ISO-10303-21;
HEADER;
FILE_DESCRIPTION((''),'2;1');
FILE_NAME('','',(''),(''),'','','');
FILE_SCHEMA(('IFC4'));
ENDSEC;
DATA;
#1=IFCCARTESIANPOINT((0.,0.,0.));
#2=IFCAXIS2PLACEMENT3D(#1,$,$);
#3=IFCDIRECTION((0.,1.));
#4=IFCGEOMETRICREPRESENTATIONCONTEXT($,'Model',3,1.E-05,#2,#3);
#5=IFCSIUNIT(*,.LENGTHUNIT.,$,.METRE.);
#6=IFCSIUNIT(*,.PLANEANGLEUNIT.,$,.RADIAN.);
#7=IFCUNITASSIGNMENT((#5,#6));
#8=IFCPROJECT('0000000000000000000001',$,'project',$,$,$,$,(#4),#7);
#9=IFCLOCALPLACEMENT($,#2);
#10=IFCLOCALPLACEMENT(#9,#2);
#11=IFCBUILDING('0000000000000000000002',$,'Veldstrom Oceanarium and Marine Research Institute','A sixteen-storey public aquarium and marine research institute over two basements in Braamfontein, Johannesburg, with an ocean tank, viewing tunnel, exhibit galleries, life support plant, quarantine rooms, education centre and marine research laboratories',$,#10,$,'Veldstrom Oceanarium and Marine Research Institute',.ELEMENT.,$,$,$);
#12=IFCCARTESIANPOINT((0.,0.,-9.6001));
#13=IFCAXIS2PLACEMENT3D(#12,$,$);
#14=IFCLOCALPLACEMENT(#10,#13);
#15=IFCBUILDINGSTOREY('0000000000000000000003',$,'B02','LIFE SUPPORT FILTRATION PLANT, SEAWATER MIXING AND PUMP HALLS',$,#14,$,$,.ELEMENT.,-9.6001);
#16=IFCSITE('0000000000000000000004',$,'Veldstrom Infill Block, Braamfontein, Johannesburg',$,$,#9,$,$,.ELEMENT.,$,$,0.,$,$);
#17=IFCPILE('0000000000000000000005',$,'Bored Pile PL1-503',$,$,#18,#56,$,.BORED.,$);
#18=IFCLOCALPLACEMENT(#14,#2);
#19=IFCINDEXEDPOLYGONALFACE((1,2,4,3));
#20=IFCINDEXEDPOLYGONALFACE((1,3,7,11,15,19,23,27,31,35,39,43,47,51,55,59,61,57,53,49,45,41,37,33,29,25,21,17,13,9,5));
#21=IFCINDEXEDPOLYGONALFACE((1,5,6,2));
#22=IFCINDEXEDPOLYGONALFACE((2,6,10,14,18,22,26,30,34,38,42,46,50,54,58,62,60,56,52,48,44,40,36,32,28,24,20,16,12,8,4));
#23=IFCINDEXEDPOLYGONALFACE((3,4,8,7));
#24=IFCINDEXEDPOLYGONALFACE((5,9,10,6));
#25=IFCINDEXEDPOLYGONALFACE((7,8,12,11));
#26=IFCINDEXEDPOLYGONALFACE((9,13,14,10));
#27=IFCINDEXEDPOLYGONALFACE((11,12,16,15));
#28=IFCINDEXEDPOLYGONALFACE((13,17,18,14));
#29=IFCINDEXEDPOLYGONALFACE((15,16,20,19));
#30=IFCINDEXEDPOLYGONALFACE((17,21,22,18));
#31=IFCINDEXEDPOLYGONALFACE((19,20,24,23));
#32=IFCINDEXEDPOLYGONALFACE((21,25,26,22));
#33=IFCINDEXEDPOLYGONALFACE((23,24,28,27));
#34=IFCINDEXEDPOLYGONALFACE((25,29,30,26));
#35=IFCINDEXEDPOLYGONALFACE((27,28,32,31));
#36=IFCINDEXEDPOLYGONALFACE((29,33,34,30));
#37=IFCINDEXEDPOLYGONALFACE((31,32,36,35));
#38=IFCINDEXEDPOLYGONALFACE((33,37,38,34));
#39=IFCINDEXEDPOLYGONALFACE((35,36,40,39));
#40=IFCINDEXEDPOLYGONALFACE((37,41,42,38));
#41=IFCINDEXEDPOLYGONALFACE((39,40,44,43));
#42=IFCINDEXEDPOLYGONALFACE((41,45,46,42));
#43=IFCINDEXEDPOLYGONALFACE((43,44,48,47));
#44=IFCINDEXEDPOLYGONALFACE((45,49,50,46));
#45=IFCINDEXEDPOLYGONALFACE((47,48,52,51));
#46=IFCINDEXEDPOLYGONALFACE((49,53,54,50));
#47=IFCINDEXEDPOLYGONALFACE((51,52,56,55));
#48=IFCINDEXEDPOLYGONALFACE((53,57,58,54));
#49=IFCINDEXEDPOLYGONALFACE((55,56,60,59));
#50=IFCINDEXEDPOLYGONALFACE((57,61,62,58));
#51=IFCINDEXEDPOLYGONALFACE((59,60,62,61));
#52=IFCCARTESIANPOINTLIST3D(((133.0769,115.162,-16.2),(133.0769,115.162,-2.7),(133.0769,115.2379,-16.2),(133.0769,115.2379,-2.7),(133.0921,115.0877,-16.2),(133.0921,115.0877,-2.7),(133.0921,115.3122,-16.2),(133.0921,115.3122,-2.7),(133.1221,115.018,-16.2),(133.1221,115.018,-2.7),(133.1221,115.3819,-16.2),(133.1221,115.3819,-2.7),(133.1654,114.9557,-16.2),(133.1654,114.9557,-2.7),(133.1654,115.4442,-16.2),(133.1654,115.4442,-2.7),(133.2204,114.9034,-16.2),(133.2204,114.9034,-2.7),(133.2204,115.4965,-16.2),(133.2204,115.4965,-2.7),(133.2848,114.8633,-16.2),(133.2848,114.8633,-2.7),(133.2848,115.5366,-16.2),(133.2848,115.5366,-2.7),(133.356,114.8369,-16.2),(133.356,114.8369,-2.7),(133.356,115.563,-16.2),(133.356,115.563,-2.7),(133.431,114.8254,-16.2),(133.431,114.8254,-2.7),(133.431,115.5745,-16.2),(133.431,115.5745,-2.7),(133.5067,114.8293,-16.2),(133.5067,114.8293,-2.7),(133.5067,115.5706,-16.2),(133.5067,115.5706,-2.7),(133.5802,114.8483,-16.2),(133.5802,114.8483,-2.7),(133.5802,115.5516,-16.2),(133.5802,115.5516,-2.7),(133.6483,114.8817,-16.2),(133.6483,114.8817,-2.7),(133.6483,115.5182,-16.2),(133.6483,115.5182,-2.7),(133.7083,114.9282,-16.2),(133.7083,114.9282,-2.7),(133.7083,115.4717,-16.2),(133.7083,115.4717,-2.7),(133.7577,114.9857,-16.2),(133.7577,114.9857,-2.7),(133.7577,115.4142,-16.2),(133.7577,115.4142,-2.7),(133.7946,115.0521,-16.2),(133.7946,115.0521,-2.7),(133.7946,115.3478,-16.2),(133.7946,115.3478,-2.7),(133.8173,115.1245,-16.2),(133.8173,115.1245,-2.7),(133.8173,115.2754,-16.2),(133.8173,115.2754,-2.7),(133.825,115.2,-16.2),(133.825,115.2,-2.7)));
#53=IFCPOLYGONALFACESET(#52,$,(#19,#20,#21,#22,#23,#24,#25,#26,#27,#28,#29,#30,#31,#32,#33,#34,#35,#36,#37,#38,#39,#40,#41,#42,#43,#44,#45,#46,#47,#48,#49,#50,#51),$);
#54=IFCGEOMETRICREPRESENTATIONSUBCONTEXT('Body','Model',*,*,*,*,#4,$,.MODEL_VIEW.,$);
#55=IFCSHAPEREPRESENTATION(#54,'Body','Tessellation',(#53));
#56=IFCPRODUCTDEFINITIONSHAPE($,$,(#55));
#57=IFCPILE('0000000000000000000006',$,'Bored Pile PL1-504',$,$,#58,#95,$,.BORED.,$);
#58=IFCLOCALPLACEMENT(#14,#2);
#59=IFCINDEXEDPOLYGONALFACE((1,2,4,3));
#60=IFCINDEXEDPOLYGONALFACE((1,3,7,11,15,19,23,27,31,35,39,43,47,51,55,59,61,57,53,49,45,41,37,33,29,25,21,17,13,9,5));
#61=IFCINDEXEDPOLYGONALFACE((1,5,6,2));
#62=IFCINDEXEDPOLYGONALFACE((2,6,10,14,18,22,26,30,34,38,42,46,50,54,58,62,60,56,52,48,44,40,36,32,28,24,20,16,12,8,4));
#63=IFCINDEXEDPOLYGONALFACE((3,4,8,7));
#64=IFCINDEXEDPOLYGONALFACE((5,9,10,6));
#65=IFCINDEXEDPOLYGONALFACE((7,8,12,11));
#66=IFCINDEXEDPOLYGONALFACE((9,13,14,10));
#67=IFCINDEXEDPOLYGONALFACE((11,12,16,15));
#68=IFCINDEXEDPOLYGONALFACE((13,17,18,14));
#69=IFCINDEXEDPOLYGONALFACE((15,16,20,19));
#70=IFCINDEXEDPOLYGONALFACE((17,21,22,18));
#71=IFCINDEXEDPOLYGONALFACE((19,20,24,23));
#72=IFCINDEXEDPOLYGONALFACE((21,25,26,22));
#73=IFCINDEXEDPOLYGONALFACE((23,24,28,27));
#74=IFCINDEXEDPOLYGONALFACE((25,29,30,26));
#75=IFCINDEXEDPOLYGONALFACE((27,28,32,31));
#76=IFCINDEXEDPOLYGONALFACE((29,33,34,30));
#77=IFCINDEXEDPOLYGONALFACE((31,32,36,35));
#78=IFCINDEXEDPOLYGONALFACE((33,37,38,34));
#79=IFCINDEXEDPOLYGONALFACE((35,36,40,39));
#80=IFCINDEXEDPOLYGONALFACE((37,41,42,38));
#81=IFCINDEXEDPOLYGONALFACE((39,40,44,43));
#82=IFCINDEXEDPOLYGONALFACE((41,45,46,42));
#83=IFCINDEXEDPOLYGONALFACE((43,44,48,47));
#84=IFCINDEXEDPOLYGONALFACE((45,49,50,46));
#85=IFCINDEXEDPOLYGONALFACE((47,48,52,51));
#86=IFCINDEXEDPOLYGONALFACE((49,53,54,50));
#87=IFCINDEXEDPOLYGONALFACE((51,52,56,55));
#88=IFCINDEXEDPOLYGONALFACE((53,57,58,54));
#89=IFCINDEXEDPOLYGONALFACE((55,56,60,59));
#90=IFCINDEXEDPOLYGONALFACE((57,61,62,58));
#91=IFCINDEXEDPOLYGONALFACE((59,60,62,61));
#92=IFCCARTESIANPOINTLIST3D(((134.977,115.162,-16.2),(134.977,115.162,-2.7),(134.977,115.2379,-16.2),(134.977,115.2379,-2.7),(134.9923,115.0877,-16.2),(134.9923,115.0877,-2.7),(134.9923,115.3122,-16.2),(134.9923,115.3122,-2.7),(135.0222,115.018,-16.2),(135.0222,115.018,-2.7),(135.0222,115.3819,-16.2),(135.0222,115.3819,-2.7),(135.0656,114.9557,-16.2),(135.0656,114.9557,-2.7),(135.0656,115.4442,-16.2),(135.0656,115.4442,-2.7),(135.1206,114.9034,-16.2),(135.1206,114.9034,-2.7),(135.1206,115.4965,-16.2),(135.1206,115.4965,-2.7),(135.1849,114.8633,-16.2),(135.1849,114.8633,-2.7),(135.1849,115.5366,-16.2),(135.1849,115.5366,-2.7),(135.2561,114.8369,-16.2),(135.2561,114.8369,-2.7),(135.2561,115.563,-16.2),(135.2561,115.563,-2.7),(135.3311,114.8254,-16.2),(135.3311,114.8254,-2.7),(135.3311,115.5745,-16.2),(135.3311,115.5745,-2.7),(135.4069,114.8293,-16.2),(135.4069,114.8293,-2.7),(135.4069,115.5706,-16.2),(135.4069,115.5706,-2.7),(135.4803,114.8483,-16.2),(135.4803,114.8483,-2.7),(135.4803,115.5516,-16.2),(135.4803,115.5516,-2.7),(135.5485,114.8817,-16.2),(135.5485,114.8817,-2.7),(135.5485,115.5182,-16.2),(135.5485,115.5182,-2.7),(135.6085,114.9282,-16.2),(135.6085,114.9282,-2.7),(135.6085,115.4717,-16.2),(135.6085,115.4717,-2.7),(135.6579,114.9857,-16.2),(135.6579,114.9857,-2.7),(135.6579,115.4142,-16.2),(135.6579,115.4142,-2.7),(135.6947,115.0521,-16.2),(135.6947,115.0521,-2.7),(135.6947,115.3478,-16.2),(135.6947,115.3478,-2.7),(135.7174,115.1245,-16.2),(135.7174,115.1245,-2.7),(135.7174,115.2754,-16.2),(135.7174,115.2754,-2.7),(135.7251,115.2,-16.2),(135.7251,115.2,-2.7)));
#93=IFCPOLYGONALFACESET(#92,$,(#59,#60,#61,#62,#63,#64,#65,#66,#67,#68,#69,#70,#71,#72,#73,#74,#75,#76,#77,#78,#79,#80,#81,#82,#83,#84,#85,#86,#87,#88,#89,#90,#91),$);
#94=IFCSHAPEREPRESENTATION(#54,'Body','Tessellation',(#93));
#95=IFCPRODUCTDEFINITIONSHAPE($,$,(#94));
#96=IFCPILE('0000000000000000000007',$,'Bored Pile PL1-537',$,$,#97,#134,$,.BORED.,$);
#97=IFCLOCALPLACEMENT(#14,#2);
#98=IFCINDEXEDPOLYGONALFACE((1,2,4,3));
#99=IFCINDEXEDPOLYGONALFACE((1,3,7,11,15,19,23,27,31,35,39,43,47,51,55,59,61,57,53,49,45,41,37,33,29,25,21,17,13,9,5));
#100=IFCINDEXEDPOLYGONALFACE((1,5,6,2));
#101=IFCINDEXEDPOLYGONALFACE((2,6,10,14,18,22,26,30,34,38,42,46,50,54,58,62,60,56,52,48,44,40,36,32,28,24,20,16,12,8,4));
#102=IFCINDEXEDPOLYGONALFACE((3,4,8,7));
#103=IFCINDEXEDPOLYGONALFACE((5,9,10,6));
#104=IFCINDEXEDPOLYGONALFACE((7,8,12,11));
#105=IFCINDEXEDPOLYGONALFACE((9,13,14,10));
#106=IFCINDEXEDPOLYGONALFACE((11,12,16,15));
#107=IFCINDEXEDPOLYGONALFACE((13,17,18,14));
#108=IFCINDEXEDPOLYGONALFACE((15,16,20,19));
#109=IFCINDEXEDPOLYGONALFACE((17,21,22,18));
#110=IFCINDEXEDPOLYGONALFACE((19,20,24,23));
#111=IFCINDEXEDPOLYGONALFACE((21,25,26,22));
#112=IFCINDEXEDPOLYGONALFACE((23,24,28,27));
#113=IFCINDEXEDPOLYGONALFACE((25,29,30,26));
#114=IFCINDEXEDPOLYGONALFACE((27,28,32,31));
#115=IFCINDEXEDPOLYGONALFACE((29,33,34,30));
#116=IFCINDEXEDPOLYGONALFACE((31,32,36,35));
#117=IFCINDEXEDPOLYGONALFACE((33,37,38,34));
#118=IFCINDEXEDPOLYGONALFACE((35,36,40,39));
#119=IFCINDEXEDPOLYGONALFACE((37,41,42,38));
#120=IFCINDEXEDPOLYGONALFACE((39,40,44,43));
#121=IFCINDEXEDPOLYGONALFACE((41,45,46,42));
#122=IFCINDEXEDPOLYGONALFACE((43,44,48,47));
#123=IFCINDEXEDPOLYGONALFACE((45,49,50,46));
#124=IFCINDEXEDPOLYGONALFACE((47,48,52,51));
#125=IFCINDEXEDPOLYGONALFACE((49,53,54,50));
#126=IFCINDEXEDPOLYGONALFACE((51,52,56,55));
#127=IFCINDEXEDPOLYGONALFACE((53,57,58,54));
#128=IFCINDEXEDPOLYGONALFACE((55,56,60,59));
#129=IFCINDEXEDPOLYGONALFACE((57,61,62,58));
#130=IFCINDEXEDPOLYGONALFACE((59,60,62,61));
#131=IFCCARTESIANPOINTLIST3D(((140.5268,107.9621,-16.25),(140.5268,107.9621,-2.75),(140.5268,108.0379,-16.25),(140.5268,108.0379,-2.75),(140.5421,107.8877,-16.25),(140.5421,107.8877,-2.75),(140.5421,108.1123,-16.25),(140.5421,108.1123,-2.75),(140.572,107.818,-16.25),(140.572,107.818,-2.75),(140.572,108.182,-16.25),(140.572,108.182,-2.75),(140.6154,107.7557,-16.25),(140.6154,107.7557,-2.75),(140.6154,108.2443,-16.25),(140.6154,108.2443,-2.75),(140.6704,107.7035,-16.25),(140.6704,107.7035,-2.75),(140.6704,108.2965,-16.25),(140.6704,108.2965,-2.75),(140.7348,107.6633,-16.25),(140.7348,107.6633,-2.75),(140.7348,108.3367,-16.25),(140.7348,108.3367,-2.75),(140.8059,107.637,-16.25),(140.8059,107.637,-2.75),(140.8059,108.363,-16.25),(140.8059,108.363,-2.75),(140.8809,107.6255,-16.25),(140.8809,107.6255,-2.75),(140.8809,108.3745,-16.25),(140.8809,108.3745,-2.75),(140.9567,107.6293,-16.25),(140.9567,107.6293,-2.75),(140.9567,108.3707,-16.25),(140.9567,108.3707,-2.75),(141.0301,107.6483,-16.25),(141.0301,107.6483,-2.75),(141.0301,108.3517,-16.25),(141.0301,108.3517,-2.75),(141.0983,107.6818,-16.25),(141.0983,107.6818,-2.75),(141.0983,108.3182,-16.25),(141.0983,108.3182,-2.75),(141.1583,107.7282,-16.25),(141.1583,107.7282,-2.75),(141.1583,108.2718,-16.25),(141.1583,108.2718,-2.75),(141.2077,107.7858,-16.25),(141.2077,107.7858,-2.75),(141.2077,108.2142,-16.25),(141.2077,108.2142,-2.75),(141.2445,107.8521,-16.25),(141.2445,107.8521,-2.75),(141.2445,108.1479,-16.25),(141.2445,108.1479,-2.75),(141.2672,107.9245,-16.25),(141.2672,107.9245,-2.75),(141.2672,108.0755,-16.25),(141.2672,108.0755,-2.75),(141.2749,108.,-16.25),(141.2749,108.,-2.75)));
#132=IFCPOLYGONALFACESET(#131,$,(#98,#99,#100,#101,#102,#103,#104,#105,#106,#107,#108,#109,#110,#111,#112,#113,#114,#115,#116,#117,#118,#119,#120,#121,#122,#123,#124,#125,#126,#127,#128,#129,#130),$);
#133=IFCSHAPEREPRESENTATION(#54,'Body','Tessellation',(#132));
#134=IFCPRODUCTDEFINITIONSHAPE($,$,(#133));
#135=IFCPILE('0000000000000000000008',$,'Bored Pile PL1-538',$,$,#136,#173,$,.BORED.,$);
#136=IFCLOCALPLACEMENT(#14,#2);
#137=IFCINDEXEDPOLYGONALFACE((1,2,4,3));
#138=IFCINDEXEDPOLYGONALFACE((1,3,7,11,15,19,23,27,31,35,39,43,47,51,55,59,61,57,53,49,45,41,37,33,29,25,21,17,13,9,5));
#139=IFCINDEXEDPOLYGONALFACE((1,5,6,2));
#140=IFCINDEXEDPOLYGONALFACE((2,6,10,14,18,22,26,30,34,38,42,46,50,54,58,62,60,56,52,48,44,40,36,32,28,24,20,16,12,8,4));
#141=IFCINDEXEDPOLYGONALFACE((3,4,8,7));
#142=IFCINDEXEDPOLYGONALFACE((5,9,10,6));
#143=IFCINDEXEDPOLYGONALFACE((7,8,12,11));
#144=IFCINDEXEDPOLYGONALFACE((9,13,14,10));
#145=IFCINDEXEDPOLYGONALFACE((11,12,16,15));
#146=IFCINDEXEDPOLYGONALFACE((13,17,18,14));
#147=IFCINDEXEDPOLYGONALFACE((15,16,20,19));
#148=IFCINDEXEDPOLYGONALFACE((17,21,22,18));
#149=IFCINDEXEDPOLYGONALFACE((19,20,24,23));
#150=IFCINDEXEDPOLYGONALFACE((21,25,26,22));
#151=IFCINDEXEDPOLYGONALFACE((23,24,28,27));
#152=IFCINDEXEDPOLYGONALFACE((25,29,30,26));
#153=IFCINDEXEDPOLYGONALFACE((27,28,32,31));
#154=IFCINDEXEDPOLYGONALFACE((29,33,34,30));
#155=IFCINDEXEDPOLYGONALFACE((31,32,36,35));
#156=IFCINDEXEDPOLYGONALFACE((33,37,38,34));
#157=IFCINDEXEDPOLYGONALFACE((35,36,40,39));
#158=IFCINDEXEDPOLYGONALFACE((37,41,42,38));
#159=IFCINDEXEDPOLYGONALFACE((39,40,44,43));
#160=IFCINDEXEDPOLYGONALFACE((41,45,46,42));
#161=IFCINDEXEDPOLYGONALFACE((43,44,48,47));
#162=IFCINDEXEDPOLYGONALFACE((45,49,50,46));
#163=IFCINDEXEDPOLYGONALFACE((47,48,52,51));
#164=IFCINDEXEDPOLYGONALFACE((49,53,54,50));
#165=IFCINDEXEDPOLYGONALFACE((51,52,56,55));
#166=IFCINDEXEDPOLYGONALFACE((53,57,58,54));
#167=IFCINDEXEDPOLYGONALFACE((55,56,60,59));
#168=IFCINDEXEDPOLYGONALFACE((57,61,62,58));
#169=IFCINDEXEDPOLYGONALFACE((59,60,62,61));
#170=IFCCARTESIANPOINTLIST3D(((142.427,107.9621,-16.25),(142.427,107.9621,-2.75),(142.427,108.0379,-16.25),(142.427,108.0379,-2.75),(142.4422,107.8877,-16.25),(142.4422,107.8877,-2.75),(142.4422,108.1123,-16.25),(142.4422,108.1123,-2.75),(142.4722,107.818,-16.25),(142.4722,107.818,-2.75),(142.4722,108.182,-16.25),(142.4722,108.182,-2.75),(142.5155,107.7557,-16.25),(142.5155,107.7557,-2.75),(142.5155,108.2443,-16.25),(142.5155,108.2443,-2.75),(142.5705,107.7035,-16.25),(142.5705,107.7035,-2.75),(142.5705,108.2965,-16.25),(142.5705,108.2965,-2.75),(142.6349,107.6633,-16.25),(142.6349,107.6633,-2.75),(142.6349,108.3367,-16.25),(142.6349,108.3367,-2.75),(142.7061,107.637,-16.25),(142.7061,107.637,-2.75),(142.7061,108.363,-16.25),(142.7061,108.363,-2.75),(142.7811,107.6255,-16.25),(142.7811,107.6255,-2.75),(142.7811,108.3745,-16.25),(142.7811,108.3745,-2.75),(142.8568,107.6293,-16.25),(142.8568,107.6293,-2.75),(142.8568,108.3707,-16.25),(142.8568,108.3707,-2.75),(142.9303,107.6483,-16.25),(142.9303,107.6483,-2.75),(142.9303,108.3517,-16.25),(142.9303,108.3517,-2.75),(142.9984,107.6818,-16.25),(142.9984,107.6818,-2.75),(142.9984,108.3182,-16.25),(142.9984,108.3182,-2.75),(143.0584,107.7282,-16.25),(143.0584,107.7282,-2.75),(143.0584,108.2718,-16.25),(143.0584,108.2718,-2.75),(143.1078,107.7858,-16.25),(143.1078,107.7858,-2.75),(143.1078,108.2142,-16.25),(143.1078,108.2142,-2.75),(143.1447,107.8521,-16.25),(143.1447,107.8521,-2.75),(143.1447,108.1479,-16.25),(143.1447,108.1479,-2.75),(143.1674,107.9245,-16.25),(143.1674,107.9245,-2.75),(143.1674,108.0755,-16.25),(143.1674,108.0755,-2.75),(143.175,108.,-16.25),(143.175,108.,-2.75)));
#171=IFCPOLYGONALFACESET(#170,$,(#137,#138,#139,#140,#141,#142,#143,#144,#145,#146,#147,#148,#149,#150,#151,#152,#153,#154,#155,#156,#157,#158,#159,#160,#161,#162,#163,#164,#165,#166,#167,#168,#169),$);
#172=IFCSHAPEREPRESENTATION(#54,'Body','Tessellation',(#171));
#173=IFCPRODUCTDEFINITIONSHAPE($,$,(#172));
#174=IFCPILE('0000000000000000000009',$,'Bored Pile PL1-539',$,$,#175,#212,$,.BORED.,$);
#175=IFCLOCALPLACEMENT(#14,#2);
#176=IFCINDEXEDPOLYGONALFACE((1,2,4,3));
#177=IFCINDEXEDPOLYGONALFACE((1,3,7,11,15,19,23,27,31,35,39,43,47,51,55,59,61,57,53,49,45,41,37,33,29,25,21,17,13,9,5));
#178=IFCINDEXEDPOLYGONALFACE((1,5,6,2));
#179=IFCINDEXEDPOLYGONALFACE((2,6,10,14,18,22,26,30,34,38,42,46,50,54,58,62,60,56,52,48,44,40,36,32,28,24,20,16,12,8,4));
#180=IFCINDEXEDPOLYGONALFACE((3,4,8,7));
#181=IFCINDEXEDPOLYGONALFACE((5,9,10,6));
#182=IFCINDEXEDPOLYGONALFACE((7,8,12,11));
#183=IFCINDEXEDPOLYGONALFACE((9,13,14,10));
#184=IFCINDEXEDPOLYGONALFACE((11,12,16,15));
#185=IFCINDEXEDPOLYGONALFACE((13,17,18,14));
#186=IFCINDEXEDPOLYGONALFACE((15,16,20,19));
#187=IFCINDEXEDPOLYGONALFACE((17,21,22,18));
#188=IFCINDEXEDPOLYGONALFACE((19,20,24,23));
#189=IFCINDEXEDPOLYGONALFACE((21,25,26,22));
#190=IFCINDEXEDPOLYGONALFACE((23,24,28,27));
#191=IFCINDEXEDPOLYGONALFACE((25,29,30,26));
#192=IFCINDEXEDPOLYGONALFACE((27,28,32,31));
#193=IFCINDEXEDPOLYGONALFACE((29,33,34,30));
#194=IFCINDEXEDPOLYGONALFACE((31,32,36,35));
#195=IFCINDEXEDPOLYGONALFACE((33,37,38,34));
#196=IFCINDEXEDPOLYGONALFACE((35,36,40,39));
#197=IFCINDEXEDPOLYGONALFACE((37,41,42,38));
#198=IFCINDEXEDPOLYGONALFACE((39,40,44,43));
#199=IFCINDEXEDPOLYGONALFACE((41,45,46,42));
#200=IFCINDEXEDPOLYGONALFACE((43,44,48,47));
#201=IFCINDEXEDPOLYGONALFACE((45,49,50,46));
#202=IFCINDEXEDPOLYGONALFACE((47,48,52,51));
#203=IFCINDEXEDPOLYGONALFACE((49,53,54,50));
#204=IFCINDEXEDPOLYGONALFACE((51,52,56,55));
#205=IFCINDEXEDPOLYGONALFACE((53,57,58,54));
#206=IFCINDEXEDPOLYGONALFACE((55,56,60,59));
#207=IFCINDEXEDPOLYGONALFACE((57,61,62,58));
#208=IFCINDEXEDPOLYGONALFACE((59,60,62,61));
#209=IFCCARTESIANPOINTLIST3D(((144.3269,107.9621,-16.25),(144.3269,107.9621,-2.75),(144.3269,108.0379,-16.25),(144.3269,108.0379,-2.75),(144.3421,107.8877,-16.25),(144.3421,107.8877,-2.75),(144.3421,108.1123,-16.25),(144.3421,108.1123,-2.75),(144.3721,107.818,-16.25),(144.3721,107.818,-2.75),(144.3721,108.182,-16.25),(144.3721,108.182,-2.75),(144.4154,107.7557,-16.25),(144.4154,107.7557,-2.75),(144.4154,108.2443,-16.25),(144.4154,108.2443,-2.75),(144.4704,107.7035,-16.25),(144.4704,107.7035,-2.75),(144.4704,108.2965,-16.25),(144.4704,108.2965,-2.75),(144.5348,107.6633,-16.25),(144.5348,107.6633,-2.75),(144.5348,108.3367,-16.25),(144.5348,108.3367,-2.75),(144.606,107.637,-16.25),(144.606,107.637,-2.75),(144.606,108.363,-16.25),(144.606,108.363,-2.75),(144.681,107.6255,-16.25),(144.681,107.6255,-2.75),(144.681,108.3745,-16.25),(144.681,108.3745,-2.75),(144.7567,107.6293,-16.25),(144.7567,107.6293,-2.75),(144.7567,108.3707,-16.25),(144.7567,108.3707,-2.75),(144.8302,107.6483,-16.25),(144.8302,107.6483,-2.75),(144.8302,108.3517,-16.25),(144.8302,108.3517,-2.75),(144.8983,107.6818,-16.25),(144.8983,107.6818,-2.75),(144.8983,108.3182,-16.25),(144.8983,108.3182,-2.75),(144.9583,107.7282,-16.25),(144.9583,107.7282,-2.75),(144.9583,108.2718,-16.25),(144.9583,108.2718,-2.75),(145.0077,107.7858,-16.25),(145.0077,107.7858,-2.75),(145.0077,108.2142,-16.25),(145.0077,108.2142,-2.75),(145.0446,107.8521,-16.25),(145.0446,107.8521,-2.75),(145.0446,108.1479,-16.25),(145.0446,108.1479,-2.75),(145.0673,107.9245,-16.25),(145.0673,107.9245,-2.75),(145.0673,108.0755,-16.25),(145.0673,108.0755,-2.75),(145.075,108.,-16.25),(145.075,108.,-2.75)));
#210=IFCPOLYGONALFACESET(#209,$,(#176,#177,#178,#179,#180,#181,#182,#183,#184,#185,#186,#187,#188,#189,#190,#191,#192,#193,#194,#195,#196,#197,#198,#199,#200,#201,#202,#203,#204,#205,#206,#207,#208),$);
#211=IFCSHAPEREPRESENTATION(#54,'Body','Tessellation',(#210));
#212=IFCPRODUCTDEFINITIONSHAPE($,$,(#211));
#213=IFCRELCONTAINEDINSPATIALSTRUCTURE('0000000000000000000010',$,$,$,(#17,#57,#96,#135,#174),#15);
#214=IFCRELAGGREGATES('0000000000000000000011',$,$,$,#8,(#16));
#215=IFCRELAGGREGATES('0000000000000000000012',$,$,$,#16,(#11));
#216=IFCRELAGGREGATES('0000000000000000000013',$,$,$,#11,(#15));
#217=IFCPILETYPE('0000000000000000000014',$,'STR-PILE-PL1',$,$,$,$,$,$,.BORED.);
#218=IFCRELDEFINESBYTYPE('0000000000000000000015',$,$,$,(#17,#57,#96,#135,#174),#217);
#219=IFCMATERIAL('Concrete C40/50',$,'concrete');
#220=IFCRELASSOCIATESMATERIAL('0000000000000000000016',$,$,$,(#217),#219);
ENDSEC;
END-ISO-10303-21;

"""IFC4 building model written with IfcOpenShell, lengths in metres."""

from ifc_helpers import new_model, si_unit, direction, frame, origin, origin_2d, place, context, subcontext, project, spatial, circle, extrude, material, material_profile, profile_set, type_object, element, save


model = new_model("IFC4")

# Units and contexts
model_context = context("Model", 3, precision=1e-05, world=origin(), true_north=direction((0.0, 1.0)))
body_context = subcontext(model_context, "Body", "Model", "MODEL_VIEW")
ifc_project = project(units=[si_unit("LENGTHUNIT", "METRE"), si_unit("PLANEANGLEUNIT", "RADIAN")], contexts=[model_context])

# Site, building, storey
site_placement = place(None, origin())
site = spatial("IfcSite", under=ifc_project, at=site_placement, Name="Veldstrom Infill Block, Braamfontein, Johannesburg", CompositionType="ELEMENT", RefElevation=0.0)
building_placement = place(site_placement, origin())
building = spatial("IfcBuilding", under=site, at=building_placement, Name="Veldstrom Oceanarium and Marine Research Institute", Description="A sixteen-storey public aquarium and marine research institute over two basements in Braamfontein, Johannesburg, with an ocean tank, viewing tunnel, exhibit galleries, life support plant, quarantine rooms, education centre and marine research laboratories", LongName="Veldstrom Oceanarium and Marine Research Institute", CompositionType="ELEMENT")
storey_placement = place(building_placement, frame((0.0, 0.0, -9.6001)))
storey = spatial("IfcBuildingStorey", under=building, at=storey_placement, Name="B02", Description="LIFE SUPPORT FILTRATION PLANT, SEAWATER MIXING AND PUMP HALLS", CompositionType="ELEMENT", Elevation=-9.6001)

# Piles
ifc_material_1 = material(Name="Concrete C40/50", Category="concrete")
ifc_material_profile_1 = material_profile(ifc_material_1, circle(Radius=0.375, at=origin_2d()), Name="PILE-D750")
ifc_profile_set_1 = profile_set([ifc_material_profile_1], Name="Concrete C40/50")
pile_type = type_object("IfcPileType", Name="STR-PILE-PL1", PredefinedType="BORED", material=ifc_profile_set_1)
for number, where, z_axis, x_axis, name in (
    (1, (133.45, 115.2, -2.7), (0.0, 0.0, -1.0), (1.0, 0.0, 0.0), "Bored Pile PL1-503"),
    (2, (135.3501, 115.2, -2.7), (0.0, 0.0, -1.0), (1.0, 0.0, 0.0), "Bored Pile PL1-504"),
    (3, (140.8999, 108.0, -2.75), (0.0, 0.0, -1.0), (1.0, 0.0, 0.0), "Bored Pile PL1-537"),
    (4, (142.8, 108.0, -2.75), (0.0, 0.0, -1.0), (1.0, 0.0, 0.0), "Bored Pile PL1-538"),
    (5, (144.7, 108.0, -2.75), (0.0, 0.0, -1.0), (1.0, 0.0, 0.0), "Bored Pile PL1-539"),
):
    element("IfcPile", number, at=place(storey_placement, frame(where, z_axis=z_axis, x_axis=x_axis)), inside=storey, type_object=pile_type, Name=name, PredefinedType="BORED", context=body_context, shape_type="SweptSolid", body=[
        extrude(circle(Radius=0.375, at=origin_2d()), origin(), (0.0, 0.0, 1.0), 13.5),
    ])

save(model, "model.ifc")
